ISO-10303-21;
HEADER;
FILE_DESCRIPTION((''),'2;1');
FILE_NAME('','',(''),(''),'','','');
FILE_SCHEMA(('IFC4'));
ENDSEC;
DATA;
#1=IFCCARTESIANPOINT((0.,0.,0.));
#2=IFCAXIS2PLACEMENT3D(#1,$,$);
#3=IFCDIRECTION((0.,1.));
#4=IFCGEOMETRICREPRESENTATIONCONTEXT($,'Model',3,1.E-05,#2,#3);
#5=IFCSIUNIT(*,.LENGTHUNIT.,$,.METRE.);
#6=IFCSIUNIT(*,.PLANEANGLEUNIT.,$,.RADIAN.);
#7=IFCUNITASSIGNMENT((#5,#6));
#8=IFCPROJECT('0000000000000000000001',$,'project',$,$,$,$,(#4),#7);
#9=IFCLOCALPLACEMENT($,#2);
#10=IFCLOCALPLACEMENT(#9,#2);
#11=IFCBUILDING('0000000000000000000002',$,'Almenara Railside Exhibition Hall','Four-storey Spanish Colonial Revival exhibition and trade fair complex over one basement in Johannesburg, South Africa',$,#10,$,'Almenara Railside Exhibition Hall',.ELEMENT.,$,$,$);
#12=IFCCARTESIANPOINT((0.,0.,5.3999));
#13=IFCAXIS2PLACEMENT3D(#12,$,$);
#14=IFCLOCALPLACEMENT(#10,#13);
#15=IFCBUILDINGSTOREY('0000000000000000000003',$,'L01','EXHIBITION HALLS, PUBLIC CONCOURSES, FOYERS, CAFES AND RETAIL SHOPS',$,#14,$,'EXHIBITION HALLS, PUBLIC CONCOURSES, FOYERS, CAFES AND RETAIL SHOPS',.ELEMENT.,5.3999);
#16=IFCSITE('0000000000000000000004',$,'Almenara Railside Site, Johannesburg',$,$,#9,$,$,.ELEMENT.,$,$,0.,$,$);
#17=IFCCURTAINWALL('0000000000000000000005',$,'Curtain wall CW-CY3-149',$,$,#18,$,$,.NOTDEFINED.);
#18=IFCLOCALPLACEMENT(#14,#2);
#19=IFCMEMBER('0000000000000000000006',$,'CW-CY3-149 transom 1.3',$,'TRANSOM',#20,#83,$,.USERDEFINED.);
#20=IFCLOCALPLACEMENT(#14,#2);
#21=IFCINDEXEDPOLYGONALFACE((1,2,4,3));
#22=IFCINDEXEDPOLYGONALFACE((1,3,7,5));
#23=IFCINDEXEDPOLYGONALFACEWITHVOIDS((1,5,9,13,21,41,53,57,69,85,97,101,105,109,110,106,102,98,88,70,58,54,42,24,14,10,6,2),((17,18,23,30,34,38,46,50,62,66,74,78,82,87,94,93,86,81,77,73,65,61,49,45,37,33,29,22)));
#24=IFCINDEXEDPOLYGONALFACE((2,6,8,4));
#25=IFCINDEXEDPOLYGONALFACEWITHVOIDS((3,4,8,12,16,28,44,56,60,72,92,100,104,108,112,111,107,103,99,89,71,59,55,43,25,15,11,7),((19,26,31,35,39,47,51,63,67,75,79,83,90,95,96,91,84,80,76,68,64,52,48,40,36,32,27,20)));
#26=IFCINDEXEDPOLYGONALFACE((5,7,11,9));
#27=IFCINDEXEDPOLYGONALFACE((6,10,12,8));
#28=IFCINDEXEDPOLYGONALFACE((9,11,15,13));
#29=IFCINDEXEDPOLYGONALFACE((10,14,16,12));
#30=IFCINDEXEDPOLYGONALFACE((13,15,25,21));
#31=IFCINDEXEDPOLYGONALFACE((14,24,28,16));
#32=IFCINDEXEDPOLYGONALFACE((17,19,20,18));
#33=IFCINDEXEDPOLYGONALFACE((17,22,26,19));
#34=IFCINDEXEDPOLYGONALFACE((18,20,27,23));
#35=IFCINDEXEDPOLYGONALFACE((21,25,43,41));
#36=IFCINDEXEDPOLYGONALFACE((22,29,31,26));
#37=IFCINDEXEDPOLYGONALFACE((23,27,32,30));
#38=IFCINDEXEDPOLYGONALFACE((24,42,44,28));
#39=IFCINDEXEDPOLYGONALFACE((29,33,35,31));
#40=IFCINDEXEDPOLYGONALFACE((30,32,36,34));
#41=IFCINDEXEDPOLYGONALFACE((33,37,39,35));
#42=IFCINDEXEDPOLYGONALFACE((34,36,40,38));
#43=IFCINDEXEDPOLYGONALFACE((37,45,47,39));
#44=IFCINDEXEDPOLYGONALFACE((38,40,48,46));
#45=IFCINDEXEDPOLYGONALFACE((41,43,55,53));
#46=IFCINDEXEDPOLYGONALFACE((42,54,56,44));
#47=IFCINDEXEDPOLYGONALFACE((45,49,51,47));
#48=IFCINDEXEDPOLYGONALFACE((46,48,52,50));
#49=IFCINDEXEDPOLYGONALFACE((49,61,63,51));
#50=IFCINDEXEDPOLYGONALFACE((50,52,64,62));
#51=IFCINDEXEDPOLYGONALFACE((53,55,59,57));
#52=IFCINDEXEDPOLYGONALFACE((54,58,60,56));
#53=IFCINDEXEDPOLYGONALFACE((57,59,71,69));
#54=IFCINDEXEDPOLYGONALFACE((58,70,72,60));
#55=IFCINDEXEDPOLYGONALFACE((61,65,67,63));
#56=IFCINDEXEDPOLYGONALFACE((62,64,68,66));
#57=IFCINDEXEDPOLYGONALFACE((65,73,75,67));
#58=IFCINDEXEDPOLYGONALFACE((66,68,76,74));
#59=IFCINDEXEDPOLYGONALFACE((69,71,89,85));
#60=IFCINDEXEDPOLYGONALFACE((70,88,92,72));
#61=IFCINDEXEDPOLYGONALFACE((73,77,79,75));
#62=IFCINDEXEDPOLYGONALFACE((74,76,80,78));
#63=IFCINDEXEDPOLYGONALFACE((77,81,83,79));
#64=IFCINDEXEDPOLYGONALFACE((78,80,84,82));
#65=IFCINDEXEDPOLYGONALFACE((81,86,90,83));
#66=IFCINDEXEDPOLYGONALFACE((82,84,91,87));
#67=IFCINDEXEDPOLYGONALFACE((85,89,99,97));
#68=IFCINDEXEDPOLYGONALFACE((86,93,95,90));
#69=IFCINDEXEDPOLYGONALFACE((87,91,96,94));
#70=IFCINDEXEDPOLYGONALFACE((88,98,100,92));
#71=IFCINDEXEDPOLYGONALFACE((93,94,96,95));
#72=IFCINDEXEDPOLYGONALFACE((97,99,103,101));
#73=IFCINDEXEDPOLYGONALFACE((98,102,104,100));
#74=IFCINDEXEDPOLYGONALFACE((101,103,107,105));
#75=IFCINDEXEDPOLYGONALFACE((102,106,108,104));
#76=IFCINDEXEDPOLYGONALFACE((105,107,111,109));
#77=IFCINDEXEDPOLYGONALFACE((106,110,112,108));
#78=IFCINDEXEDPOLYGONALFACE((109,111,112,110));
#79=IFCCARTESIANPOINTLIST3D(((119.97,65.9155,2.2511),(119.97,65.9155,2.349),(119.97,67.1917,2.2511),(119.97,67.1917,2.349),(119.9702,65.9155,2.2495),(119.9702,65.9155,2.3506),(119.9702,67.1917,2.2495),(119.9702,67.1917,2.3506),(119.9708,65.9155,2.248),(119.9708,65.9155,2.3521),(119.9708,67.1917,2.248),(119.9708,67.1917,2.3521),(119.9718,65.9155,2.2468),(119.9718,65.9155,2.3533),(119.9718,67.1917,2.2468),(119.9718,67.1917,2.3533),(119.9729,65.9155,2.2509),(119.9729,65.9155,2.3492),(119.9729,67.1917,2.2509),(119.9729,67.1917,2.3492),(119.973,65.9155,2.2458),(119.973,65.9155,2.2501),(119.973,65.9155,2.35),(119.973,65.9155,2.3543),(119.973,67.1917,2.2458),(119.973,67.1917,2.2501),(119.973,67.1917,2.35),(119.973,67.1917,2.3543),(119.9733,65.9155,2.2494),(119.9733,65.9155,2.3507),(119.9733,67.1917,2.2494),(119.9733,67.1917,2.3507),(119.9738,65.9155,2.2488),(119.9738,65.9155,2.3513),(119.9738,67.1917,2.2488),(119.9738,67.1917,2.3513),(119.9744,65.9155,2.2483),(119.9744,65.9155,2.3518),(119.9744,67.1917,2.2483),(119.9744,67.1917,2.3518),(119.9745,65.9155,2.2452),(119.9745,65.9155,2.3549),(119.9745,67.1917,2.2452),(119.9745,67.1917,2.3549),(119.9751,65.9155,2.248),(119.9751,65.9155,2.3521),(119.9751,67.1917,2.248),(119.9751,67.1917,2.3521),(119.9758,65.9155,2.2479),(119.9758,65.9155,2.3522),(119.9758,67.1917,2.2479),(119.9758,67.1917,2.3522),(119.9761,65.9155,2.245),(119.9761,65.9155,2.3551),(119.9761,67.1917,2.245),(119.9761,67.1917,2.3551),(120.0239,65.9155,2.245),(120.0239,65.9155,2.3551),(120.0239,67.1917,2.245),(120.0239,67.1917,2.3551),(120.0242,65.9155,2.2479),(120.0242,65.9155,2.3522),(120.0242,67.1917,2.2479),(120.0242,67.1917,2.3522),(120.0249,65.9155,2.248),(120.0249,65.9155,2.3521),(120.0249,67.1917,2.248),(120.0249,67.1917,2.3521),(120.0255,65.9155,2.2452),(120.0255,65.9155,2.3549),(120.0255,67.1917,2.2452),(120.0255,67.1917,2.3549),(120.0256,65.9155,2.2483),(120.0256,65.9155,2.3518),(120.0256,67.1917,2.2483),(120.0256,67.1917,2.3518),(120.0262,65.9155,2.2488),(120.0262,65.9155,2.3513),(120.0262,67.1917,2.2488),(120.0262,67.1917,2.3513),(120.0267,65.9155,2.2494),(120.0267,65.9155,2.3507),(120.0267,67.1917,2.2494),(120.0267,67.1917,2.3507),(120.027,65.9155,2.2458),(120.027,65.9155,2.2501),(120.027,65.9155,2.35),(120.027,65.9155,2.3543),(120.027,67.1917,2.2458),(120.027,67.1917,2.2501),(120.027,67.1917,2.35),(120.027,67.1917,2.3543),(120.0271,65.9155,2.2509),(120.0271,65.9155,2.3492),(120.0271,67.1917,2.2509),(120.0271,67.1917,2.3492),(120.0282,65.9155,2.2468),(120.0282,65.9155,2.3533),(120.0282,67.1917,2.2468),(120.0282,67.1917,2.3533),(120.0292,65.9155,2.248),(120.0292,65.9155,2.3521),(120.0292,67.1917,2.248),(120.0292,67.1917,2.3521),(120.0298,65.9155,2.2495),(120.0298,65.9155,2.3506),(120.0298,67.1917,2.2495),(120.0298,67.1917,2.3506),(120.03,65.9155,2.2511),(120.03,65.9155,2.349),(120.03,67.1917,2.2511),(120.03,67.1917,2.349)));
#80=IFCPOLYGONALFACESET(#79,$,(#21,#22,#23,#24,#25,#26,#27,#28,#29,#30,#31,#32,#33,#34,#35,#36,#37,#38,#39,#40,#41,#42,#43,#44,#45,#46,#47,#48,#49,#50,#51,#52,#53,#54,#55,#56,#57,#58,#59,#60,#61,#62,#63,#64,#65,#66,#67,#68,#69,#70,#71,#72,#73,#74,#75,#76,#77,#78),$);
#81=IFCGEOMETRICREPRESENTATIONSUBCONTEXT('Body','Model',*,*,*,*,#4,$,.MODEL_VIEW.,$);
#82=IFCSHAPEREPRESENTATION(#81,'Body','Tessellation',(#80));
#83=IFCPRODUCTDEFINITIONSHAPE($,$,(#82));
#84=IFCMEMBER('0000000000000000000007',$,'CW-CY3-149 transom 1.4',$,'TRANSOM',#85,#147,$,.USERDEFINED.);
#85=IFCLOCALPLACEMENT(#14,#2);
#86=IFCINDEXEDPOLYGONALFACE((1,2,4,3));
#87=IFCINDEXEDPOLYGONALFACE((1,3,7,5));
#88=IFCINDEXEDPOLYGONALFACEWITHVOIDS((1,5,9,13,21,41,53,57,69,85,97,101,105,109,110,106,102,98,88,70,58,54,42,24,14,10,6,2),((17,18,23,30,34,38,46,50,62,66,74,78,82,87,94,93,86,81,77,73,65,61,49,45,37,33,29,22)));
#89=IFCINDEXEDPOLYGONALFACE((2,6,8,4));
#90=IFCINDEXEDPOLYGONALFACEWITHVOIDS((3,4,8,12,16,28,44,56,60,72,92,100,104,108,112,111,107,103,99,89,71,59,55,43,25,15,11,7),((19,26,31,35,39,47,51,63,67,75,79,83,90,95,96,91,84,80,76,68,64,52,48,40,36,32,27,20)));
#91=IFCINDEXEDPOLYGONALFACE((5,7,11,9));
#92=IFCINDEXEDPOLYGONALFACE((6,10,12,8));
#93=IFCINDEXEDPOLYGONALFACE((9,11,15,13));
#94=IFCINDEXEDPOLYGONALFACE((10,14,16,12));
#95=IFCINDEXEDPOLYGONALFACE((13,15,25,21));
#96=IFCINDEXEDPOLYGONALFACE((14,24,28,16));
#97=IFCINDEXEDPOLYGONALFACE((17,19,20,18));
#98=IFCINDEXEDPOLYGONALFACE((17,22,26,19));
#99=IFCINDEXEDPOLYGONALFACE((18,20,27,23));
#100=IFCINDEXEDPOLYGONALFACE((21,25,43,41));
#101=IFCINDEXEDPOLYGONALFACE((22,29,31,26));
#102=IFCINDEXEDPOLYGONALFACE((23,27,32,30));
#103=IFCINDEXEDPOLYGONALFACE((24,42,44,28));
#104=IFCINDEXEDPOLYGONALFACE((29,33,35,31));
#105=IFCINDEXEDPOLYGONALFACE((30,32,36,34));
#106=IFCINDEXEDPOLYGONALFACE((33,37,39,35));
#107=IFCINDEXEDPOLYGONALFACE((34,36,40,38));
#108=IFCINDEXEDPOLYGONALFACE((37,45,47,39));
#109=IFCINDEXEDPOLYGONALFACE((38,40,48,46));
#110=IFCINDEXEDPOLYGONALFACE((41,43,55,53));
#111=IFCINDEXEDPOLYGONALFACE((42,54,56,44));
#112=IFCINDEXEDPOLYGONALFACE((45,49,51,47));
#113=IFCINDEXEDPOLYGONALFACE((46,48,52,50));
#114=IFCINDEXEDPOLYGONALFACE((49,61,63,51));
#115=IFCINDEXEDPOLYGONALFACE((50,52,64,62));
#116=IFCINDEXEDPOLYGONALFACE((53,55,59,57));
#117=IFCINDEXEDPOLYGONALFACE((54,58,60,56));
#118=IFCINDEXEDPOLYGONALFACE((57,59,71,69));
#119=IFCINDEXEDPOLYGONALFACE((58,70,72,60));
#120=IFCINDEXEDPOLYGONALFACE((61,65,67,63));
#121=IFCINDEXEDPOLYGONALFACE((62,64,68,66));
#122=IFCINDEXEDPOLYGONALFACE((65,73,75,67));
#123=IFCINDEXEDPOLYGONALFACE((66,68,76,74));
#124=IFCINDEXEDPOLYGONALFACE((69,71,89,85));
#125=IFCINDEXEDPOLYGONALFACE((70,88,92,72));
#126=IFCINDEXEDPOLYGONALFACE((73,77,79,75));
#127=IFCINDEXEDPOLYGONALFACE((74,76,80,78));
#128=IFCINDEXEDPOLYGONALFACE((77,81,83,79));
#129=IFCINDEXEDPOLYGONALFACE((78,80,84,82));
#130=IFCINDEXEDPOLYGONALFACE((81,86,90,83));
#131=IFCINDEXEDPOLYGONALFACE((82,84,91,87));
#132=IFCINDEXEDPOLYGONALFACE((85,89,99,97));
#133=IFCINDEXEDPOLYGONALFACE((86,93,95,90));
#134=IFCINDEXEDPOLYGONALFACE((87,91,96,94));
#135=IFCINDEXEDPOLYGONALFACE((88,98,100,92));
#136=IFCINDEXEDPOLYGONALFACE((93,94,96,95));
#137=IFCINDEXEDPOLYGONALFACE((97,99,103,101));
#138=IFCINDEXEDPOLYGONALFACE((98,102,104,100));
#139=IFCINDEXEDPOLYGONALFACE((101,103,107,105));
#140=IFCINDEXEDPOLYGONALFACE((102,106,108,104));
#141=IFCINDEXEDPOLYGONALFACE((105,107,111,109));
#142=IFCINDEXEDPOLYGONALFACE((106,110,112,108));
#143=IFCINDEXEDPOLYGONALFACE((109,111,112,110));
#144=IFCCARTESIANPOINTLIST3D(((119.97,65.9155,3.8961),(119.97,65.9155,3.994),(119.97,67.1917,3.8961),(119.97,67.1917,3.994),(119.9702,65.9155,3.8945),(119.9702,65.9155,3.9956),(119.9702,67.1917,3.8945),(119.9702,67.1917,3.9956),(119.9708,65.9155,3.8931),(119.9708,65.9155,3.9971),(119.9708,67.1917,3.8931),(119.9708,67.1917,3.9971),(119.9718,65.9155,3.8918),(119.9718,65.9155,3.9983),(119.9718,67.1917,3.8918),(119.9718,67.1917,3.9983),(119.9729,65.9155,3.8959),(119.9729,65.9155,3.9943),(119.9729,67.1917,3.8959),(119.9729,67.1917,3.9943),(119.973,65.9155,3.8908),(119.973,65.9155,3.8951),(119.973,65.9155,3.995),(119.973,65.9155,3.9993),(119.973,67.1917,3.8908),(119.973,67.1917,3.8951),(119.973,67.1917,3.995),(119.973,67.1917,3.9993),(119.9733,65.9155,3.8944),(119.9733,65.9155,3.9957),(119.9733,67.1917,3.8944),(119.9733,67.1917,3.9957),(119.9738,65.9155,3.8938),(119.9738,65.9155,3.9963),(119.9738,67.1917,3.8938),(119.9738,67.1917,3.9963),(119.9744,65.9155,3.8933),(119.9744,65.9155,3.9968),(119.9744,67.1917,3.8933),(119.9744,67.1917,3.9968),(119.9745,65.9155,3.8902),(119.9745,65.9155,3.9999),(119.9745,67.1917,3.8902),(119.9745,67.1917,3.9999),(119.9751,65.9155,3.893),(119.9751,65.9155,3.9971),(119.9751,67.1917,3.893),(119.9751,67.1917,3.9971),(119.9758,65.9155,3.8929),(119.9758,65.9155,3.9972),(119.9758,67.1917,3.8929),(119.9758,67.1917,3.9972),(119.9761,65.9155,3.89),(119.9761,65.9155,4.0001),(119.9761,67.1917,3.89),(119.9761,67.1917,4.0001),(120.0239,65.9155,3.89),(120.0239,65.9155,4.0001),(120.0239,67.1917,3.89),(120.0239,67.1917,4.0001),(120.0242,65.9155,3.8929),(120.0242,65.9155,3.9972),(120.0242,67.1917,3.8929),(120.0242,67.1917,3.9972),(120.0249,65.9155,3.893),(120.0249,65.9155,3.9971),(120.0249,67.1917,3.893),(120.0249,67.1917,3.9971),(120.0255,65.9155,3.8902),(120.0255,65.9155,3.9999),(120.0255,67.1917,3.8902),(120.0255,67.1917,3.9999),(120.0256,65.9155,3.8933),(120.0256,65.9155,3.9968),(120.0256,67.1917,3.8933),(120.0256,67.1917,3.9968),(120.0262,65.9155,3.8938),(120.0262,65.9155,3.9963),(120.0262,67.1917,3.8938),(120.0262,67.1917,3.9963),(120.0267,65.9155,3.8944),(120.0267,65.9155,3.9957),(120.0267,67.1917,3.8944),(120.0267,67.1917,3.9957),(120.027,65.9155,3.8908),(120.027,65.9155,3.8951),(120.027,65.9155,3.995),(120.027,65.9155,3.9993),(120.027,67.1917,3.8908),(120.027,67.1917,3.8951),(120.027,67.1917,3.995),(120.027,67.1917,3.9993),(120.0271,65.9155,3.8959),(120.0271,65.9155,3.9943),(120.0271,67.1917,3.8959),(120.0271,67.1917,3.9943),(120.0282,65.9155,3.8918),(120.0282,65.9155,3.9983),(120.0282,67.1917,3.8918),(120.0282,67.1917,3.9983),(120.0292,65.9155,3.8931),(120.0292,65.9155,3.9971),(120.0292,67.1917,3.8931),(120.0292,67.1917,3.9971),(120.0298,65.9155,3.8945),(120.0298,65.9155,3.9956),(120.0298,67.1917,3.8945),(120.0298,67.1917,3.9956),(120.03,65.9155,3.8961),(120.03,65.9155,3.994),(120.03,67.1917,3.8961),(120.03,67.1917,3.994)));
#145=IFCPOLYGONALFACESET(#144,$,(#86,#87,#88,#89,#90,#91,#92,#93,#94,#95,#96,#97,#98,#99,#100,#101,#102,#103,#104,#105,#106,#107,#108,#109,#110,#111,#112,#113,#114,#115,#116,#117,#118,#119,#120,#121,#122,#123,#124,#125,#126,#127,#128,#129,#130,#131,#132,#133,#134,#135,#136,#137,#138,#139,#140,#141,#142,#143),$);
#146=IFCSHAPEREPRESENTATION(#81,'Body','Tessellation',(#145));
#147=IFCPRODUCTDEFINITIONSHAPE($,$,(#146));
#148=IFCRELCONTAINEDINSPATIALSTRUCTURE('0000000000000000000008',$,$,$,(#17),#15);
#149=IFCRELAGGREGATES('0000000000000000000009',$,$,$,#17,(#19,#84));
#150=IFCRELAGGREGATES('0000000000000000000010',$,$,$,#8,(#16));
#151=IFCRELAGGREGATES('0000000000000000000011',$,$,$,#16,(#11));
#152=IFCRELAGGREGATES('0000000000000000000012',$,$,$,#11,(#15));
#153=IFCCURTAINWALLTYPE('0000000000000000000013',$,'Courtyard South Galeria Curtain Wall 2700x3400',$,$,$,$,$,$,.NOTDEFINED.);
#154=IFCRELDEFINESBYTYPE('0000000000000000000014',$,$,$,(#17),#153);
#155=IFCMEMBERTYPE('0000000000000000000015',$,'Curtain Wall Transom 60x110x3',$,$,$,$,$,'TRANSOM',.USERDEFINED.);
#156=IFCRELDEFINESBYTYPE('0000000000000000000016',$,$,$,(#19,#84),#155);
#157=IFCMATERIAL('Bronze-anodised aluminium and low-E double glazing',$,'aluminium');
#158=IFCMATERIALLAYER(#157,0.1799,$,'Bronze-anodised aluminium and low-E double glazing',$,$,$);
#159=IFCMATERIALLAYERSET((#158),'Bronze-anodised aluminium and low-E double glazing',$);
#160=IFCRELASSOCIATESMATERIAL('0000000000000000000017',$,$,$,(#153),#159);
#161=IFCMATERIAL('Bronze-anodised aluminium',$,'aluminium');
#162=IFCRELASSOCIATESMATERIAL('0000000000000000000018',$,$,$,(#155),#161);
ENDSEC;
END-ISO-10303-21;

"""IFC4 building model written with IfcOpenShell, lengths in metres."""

from ifc_helpers import new_model, si_unit, direction, frame, origin, origin_2d, place, context, subcontext, project, spatial, hollow_rectangle, extrude, material, layer, layer_set, material_profile, profile_set, type_object, element, aggregate, save


model = new_model("IFC4")

# Units and contexts
model_context = context("Model", 3, precision=1e-05, world=origin(), true_north=direction((0.0, 1.0)))
body_context = subcontext(model_context, "Body", "Model", "MODEL_VIEW")
ifc_project = project(units=[si_unit("LENGTHUNIT", "METRE"), si_unit("PLANEANGLEUNIT", "RADIAN")], contexts=[model_context])

# Site, building, storey
site_placement = place(None, origin())
site = spatial("IfcSite", under=ifc_project, at=site_placement, Name="Almenara Railside Site, Johannesburg", CompositionType="ELEMENT", RefElevation=0.0)
building_placement = place(site_placement, origin())
building = spatial("IfcBuilding", under=site, at=building_placement, Name="Almenara Railside Exhibition Hall", Description="Four-storey Spanish Colonial Revival exhibition and trade fair complex over one basement in Johannesburg, South Africa", LongName="Almenara Railside Exhibition Hall", CompositionType="ELEMENT")
storey_placement = place(building_placement, frame((0.0, 0.0, 5.3999)))
storey = spatial("IfcBuildingStorey", under=building, at=storey_placement, Name="L01", Description="EXHIBITION HALLS, PUBLIC CONCOURSES, FOYERS, CAFES AND RETAIL SHOPS", LongName="EXHIBITION HALLS, PUBLIC CONCOURSES, FOYERS, CAFES AND RETAIL SHOPS", CompositionType="ELEMENT", Elevation=5.3999)

# Curtain wall
ifc_material_1 = material(Name="Bronze-anodised aluminium and low-E double glazing", Category="aluminium")
ifc_layer_1 = layer(ifc_material_1, 0.1799, Name="Bronze-anodised aluminium and low-E double glazing")
ifc_layer_set_1 = layer_set([ifc_layer_1], Name="Bronze-anodised aluminium and low-E double glazing")
curtain_wall_type = type_object("IfcCurtainWallType", Name="Courtyard South Galeria Curtain Wall 2700x3400", PredefinedType="NOTDEFINED", material=ifc_layer_set_1)
curtain_wall_1_placement = place(storey_placement, origin())
curtain_wall_1 = element("IfcCurtainWall", 1, at=curtain_wall_1_placement, inside=storey, type_object=curtain_wall_type, Name="Curtain wall CW-CY3-149", PredefinedType="NOTDEFINED")
ifc_material_2 = material(Name="Bronze-anodised aluminium", Category="aluminium")

# Members
ifc_material_profile_1 = material_profile(ifc_material_2, hollow_rectangle(XDim=0.0601, YDim=0.1101, WallThickness=0.0029, InnerFilletRadius=0.0029, OuterFilletRadius=0.0061, at=origin_2d()), Name="ALU-TRN 60x110x3")
ifc_profile_set_1 = profile_set([ifc_material_profile_1], Name="Bronze-anodised aluminium")
member_type_1 = type_object("IfcMemberType", Name="Curtain Wall Transom 60x110x3", ElementType="TRANSOM", PredefinedType="USERDEFINED", material=ifc_profile_set_1)
member_1_placement = place(storey_placement, frame((120.0, 65.9155, 2.3), z_axis=(0.0, 1.0, 0.0), x_axis=(-1.0, 0.0, 0.0)))
member_1 = element("IfcMember", 2, at=member_1_placement, type_object=member_type_1, Name="CW-CY3-149 transom 1.3", ObjectType="TRANSOM", PredefinedType="USERDEFINED", context=body_context, shape_type="SweptSolid", body=[
    extrude(hollow_rectangle(XDim=0.0601, YDim=0.1101, WallThickness=0.0029, InnerFilletRadius=0.0029, OuterFilletRadius=0.0061, at=origin_2d()), origin(), (0.0, 0.0, 1.0), 1.2761),
])
member_2_placement = place(storey_placement, frame((120.0, 65.9155, 3.9451), z_axis=(0.0, 1.0, 0.0), x_axis=(-1.0, 0.0, 0.0)))
member_2 = element("IfcMember", 3, at=member_2_placement, type_object=member_type_1, Name="CW-CY3-149 transom 1.4", ObjectType="TRANSOM", PredefinedType="USERDEFINED", context=body_context, shape_type="SweptSolid", body=[
    extrude(hollow_rectangle(XDim=0.0601, YDim=0.1101, WallThickness=0.0029, InnerFilletRadius=0.0029, OuterFilletRadius=0.0061, at=origin_2d()), origin(), (0.0, 0.0, 1.0), 1.2761),
])

aggregate(curtain_wall_1, [member_1, member_2])

save(model, "model.ifc")
